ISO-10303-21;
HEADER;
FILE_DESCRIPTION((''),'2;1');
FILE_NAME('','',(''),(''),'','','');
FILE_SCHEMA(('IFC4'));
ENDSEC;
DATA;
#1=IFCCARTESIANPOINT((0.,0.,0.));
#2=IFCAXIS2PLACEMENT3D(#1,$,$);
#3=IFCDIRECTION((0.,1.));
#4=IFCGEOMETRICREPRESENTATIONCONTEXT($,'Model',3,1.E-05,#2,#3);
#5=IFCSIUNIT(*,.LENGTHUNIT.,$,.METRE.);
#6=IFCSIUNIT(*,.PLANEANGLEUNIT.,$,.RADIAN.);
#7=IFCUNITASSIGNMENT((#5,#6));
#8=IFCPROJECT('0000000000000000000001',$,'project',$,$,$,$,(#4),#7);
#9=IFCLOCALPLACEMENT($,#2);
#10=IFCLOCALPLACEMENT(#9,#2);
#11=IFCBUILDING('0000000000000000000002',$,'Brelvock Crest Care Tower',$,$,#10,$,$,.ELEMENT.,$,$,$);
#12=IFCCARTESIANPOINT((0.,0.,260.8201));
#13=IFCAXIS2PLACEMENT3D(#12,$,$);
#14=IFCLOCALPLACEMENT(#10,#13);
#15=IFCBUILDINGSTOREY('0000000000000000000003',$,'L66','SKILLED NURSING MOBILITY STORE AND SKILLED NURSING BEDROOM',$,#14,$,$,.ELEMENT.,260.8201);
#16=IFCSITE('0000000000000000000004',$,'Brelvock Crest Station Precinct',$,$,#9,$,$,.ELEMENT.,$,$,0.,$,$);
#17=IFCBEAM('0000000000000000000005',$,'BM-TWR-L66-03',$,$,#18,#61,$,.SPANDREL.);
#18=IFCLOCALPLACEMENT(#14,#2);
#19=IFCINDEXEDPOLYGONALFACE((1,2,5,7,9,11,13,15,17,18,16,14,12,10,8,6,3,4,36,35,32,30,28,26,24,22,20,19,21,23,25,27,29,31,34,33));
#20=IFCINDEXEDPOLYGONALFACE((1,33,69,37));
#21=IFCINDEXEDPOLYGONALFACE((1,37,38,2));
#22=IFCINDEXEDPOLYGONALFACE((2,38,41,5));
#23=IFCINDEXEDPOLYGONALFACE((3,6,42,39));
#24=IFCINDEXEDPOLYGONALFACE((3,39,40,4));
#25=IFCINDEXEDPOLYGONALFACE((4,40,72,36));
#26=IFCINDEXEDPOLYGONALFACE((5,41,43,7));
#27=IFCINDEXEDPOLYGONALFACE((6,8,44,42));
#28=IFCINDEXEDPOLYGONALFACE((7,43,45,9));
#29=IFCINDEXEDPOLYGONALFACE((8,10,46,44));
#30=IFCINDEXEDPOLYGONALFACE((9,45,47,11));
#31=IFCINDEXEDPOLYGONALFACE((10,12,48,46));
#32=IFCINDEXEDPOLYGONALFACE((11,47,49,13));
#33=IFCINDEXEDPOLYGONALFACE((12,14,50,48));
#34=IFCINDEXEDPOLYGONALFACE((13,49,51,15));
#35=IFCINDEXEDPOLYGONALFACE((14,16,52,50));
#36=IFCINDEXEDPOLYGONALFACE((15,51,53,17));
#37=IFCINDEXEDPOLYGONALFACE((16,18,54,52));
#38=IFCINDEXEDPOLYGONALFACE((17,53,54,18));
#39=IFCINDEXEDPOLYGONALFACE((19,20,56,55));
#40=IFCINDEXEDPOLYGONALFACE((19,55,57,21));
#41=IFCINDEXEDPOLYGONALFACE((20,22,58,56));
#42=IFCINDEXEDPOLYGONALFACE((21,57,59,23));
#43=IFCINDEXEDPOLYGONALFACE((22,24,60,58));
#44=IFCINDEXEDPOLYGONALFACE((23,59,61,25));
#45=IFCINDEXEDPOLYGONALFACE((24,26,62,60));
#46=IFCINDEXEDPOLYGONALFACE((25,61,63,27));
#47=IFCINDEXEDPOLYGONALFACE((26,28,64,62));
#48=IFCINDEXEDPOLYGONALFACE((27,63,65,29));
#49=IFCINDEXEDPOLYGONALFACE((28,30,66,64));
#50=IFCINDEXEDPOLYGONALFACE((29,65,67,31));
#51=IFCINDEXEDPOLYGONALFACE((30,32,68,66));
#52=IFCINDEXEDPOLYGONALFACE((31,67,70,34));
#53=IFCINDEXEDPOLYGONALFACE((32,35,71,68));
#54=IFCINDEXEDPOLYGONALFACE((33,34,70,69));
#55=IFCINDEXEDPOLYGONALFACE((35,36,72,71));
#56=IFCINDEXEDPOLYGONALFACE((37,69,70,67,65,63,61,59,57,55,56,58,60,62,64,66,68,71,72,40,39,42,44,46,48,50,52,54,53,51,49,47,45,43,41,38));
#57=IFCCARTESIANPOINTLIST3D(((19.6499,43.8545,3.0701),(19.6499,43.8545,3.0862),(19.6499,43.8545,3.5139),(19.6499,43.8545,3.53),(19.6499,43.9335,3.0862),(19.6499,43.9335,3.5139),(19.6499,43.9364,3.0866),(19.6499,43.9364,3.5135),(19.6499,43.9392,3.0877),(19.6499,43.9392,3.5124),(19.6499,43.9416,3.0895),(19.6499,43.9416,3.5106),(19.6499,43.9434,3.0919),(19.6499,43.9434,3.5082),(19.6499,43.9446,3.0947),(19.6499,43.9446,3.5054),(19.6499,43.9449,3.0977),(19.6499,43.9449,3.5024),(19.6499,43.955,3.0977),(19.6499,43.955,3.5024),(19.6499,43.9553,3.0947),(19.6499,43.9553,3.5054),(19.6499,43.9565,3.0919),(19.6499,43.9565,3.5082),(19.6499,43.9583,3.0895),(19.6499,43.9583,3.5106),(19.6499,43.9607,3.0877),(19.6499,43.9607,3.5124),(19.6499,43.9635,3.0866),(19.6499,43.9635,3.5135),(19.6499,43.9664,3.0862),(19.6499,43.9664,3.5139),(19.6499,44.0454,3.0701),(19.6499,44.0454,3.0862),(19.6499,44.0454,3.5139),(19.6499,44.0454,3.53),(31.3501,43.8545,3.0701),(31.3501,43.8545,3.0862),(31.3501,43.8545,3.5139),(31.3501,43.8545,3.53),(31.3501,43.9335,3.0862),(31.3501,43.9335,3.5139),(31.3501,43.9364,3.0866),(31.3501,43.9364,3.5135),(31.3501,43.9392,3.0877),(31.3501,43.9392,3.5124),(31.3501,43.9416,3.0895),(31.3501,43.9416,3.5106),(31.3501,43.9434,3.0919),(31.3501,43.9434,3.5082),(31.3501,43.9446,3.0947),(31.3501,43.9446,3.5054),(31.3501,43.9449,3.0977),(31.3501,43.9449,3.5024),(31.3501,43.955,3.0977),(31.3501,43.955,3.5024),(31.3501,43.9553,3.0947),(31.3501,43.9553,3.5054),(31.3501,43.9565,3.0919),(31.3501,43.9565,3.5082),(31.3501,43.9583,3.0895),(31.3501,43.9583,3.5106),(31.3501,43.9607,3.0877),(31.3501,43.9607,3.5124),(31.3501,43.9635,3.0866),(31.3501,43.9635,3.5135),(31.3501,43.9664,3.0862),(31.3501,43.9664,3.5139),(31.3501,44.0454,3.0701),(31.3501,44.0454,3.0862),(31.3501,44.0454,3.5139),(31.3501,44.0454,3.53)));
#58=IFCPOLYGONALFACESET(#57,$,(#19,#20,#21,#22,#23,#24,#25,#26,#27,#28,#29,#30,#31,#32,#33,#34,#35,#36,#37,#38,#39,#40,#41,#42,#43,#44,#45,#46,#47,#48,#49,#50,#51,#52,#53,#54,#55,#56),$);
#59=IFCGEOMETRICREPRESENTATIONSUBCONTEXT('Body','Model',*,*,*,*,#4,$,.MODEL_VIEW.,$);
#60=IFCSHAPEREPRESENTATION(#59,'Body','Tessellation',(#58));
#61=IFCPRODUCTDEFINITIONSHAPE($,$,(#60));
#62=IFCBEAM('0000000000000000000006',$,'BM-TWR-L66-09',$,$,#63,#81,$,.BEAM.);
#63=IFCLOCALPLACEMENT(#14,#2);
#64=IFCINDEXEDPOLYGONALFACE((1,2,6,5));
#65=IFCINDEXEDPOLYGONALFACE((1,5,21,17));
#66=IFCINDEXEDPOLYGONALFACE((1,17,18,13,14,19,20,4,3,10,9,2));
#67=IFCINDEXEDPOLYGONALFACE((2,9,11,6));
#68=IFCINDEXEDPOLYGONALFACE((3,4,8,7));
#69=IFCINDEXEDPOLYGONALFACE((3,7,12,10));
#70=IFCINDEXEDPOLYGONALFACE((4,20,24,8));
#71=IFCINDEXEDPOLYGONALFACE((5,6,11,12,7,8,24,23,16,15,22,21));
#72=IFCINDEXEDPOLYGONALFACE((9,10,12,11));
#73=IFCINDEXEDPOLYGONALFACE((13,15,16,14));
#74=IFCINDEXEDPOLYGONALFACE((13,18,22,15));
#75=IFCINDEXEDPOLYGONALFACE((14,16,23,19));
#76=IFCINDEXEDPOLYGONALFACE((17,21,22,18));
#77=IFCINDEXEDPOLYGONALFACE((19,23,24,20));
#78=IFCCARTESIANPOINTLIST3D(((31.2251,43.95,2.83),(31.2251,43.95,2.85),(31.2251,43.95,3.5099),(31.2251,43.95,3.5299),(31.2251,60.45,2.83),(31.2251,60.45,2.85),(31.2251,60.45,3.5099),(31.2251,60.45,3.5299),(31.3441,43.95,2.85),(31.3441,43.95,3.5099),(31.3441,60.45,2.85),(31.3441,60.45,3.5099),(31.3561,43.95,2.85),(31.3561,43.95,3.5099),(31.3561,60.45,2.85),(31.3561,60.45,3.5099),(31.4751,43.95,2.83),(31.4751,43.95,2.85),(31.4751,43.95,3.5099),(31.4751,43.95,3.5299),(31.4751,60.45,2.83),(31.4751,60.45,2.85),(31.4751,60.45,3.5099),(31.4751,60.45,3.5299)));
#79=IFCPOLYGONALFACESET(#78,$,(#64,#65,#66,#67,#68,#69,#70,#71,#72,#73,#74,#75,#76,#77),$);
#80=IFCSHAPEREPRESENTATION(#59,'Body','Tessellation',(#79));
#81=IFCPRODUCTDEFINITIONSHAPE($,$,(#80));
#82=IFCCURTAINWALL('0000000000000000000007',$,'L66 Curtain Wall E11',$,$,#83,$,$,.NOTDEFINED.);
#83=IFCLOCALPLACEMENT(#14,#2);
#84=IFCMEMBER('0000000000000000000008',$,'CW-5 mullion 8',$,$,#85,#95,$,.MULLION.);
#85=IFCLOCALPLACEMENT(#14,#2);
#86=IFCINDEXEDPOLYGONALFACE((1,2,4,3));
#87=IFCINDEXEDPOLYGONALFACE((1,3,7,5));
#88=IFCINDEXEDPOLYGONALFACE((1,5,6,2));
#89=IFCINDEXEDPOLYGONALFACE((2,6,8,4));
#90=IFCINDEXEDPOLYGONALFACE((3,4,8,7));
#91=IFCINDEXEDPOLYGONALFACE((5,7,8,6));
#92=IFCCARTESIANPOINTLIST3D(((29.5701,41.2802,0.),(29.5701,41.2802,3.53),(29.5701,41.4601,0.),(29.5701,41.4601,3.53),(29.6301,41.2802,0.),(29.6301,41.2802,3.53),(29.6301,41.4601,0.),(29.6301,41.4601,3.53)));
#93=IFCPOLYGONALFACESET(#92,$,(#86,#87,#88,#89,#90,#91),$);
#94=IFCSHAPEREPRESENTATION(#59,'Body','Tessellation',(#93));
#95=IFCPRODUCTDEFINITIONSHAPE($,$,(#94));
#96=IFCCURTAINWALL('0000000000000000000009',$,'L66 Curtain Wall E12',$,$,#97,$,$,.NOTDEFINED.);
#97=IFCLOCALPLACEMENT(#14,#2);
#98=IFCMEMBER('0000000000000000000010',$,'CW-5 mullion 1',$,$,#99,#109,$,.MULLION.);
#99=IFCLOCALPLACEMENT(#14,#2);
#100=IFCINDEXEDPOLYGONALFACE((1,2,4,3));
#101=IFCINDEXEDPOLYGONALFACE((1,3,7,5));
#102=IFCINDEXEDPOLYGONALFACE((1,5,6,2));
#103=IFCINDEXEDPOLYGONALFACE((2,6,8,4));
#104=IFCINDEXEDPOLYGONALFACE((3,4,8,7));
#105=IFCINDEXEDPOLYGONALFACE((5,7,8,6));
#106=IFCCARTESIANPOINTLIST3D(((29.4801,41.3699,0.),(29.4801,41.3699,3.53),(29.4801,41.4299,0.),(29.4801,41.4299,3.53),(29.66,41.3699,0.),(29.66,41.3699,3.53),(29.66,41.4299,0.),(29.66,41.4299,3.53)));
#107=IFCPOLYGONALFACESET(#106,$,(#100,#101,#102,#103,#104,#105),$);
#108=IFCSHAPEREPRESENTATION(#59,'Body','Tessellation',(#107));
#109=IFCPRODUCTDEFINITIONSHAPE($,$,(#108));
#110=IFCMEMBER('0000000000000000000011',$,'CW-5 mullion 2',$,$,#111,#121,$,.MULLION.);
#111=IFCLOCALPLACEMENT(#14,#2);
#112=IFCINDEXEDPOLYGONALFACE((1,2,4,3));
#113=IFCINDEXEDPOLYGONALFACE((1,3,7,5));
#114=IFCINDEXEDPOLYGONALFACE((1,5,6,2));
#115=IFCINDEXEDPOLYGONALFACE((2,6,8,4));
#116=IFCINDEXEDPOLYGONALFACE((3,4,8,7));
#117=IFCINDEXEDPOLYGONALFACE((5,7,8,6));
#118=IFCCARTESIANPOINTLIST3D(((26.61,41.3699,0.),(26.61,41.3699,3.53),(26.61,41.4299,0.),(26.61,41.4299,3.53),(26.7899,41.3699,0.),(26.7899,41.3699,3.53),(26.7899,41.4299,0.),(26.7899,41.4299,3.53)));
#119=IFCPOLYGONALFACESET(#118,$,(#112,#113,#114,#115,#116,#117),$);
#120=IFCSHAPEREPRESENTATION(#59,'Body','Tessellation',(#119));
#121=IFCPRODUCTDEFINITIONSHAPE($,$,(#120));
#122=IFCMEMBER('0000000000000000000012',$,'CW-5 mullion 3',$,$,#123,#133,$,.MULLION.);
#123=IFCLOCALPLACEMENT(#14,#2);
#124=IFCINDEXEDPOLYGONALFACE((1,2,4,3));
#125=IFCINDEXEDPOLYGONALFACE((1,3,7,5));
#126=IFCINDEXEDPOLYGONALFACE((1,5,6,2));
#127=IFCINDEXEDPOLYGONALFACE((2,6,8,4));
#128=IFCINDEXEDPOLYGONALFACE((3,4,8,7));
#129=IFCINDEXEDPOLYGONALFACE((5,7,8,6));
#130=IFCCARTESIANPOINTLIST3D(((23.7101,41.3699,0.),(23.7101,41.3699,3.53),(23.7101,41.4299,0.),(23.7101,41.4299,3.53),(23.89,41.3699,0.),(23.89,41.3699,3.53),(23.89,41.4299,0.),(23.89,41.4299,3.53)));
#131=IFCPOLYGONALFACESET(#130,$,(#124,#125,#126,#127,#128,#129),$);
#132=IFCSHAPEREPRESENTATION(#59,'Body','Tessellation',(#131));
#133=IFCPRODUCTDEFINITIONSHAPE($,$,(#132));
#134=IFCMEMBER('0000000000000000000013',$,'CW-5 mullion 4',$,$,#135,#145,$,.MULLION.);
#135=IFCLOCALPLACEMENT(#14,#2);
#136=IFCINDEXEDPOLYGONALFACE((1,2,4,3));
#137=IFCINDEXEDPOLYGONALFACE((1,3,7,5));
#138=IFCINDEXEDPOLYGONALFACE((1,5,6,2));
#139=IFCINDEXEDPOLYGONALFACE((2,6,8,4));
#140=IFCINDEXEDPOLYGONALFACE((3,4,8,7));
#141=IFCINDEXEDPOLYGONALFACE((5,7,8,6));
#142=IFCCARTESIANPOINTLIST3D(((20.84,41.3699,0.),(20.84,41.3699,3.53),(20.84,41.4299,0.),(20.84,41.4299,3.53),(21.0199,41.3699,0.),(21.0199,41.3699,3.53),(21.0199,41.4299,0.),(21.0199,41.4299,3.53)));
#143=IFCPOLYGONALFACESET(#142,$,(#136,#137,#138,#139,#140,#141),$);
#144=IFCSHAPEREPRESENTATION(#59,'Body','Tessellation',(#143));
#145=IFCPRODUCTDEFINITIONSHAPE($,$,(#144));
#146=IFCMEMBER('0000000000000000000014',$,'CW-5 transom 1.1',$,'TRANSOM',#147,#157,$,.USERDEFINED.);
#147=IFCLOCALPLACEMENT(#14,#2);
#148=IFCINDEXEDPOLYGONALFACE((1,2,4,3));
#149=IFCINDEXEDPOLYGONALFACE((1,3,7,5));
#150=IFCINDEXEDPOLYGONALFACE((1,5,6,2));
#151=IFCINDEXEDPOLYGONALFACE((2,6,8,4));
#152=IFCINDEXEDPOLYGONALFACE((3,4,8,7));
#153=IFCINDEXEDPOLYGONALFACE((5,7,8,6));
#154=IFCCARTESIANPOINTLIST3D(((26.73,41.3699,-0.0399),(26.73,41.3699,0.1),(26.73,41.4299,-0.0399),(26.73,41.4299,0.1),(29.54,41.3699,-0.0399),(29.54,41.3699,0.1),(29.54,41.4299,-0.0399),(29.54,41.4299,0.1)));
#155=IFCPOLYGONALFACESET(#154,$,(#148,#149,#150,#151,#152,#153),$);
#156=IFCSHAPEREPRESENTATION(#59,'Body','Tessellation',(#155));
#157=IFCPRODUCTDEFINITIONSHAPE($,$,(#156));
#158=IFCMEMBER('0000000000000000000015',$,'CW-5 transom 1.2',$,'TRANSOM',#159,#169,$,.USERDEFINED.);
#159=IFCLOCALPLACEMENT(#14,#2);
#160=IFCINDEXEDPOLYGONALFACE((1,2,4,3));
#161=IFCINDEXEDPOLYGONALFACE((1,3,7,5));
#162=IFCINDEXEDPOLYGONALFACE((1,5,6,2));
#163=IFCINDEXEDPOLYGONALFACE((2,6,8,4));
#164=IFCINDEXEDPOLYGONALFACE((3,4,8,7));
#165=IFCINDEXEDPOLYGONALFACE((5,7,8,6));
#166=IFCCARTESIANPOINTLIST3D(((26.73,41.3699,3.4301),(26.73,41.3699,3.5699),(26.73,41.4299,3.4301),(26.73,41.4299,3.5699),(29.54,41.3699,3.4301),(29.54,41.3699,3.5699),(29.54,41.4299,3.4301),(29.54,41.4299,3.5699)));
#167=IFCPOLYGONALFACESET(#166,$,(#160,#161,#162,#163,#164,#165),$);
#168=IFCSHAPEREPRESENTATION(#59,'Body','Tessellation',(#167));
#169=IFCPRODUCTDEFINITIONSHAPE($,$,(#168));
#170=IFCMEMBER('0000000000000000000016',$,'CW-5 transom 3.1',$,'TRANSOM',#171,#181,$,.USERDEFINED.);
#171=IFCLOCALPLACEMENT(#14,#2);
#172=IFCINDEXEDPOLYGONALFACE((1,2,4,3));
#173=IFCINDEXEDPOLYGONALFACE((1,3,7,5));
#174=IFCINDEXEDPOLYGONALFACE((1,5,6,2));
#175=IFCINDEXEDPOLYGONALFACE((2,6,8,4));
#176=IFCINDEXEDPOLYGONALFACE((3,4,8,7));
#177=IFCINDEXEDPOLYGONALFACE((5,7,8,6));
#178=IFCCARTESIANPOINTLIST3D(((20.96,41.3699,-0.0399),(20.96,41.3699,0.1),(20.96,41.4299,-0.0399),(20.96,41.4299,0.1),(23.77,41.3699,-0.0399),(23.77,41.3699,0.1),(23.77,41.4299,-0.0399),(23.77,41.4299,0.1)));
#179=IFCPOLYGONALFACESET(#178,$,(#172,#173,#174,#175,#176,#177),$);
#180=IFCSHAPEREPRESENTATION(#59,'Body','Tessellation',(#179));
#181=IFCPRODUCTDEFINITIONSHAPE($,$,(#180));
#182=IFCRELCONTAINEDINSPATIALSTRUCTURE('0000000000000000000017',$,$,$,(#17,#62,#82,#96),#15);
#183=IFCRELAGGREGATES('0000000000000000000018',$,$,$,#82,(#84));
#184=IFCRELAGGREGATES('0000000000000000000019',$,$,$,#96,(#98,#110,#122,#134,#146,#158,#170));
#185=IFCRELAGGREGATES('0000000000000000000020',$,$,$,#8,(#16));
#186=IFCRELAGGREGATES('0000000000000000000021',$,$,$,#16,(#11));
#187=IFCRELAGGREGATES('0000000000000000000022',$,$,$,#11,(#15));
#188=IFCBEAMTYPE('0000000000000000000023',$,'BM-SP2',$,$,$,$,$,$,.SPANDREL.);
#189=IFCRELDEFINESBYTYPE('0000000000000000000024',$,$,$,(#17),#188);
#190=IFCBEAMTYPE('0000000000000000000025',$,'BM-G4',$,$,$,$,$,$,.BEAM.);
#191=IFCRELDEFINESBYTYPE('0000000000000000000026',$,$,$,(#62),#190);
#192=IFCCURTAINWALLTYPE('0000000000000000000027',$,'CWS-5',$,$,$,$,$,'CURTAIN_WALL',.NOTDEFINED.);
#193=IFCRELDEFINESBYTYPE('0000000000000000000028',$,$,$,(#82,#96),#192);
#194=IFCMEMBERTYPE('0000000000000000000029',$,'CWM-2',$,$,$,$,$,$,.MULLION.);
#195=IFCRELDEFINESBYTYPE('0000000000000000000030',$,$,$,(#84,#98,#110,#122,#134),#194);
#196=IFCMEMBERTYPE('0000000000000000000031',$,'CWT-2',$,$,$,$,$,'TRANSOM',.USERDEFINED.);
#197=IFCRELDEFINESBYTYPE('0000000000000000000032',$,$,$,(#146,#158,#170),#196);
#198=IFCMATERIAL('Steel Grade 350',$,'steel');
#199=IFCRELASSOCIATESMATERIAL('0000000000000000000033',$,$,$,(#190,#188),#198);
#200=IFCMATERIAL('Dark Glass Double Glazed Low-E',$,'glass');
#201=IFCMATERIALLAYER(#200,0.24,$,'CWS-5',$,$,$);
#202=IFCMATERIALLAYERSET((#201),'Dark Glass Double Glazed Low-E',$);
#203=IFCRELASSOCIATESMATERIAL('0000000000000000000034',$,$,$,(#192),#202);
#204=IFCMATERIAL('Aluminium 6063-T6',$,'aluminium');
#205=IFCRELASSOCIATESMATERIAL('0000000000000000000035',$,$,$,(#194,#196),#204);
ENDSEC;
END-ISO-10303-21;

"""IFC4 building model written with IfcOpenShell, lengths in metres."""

from ifc_helpers import new_model, si_unit, direction, frame, origin, origin_2d, place, context, subcontext, project, spatial, rectangle, i_section, extrude, source, transform, mapped, material, layer, layer_set, material_profile, profile_set, type_object, element, aggregate, save


model = new_model("IFC4")

# Units and contexts
model_context = context("Model", 3, precision=1e-05, world=origin(), true_north=direction((0.0, 1.0)))
body_context = subcontext(model_context, "Body", "Model", "MODEL_VIEW")
ifc_project = project(units=[si_unit("LENGTHUNIT", "METRE"), si_unit("PLANEANGLEUNIT", "RADIAN")], contexts=[model_context])

# Site, building, storey
site_placement = place(None, origin())
site = spatial("IfcSite", under=ifc_project, at=site_placement, Name="Brelvock Crest Station Precinct", CompositionType="ELEMENT", RefElevation=0.0)
building_placement = place(site_placement, origin())
building = spatial("IfcBuilding", under=site, at=building_placement, Name="Brelvock Crest Care Tower", CompositionType="ELEMENT")
storey_placement = place(building_placement, frame((0.0, 0.0, 260.8201)))
storey = spatial("IfcBuildingStorey", under=building, at=storey_placement, Name="L66", Description="SKILLED NURSING MOBILITY STORE AND SKILLED NURSING BEDROOM", CompositionType="ELEMENT", Elevation=260.8201)

# Shared definitions
ifc_material_1 = material(Name="Steel Grade 350", Category="steel")

# Beams
ifc_material_profile_1 = material_profile(ifc_material_1, i_section(OverallWidth=0.25, OverallDepth=0.7, WebThickness=0.012, FlangeThickness=0.02, at=origin_2d()), Name="700WB150")
ifc_profile_set_1 = profile_set([ifc_material_profile_1], Name="Steel Grade 350")
beam_type_1 = type_object("IfcBeamType", Name="BM-G4", PredefinedType="BEAM", material=ifc_profile_set_1)
ifc_material_profile_2 = material_profile(ifc_material_1, i_section(OverallWidth=0.1909, OverallDepth=0.46, WebThickness=0.01, FlangeThickness=0.0161, FilletRadius=0.0115, at=origin_2d()), Name="460UB82.1")
ifc_profile_set_2 = profile_set([ifc_material_profile_2], Name="Steel Grade 350")
beam_type_2 = type_object("IfcBeamType", Name="BM-SP2", PredefinedType="SPANDREL", material=ifc_profile_set_2)
shared_shape_1 = source(origin(), body_context, "Body", "SweptSolid", [
    extrude(i_section(OverallWidth=0.1909, OverallDepth=0.46, WebThickness=0.01, FlangeThickness=0.0161, FilletRadius=0.0115, at=origin_2d()), origin(), (0.0, 0.0, 1.0), 11.7002),
])
beam_1_placement = place(storey_placement, frame((19.6499, 43.95, 3.3), z_axis=(1.0, 0.0, 0.0), x_axis=(0.0, 1.0, 0.0)))
element("IfcBeam", 1, at=beam_1_placement, inside=storey, type_object=beam_type_2, Name="BM-TWR-L66-03", PredefinedType="SPANDREL", context=body_context, shape_type="MappedRepresentation", body=[
    mapped(shared_shape_1, transform((0.0, 0.0, 0.0), x_axis=(1.0, 0.0, 0.0), y_axis=(0.0, 1.0, 0.0), z_axis=(0.0, 0.0, 1.0), scale=1.0)),
])
shared_shape_2 = source(origin(), body_context, "Body", "SweptSolid", [
    extrude(i_section(OverallWidth=0.25, OverallDepth=0.7, WebThickness=0.012, FlangeThickness=0.02, at=origin_2d()), origin(), (0.0, 0.0, 1.0), 16.5),
])
beam_2_placement = place(storey_placement, frame((31.3501, 43.95, 3.1799), z_axis=(0.0, 1.0, 0.0), x_axis=(-1.0, 0.0, 0.0)))
element("IfcBeam", 2, at=beam_2_placement, inside=storey, type_object=beam_type_1, Name="BM-TWR-L66-09", PredefinedType="BEAM", context=body_context, shape_type="MappedRepresentation", body=[
    mapped(shared_shape_2, transform((0.0, 0.0, 0.0), x_axis=(1.0, 0.0, 0.0), y_axis=(0.0, 1.0, 0.0), z_axis=(0.0, 0.0, 1.0), scale=1.0)),
])

# Curtain wall, member
ifc_material_2 = material(Name="Dark Glass Double Glazed Low-E", Category="glass")
ifc_layer_1 = layer(ifc_material_2, 0.24, Name="CWS-5")
ifc_layer_set_1 = layer_set([ifc_layer_1], Name="Dark Glass Double Glazed Low-E")
curtain_wall_type = type_object("IfcCurtainWallType", Name="CWS-5", ElementType="CURTAIN_WALL", PredefinedType="NOTDEFINED", material=ifc_layer_set_1)
curtain_wall_1_placement = place(storey_placement, origin())
curtain_wall_1 = element("IfcCurtainWall", 3, at=curtain_wall_1_placement, inside=storey, type_object=curtain_wall_type, Name="L66 Curtain Wall E11", PredefinedType="NOTDEFINED")
ifc_material_3 = material(Name="Aluminium 6063-T6", Category="aluminium")
ifc_material_profile_3 = material_profile(ifc_material_3, rectangle(XDim=0.0601, YDim=0.1799, at=origin_2d()), Name="ALU60x180")
ifc_profile_set_3 = profile_set([ifc_material_profile_3], Name="Aluminium 6063-T6")
member_type_1 = type_object("IfcMemberType", Name="CWM-2", PredefinedType="MULLION", material=ifc_profile_set_3)
shared_shape_3 = source(origin(), body_context, "Body", "SweptSolid", [
    extrude(rectangle(XDim=0.0601, YDim=0.1799, at=origin_2d()), origin(), (0.0, 0.0, 1.0), 3.53),
])
member_1_placement = place(storey_placement, frame((29.6001, 41.3701, 0.0), z_axis=(0.0, 0.0, 1.0), x_axis=(-1.0, 0.0, 0.0)))
member_1 = element("IfcMember", 4, at=member_1_placement, type_object=member_type_1, Name="CW-5 mullion 8", PredefinedType="MULLION", context=body_context, shape_type="MappedRepresentation", body=[
    mapped(shared_shape_3, transform((0.0, 0.0, 0.0), x_axis=(1.0, 0.0, 0.0), y_axis=(0.0, 1.0, 0.0), z_axis=(0.0, 0.0, 1.0), scale=1.0)),
])
aggregate(curtain_wall_1, [member_1])

# Curtain wall, members
curtain_wall_2_placement = place(storey_placement, origin())
curtain_wall_2 = element("IfcCurtainWall", 5, at=curtain_wall_2_placement, inside=storey, type_object=curtain_wall_type, Name="L66 Curtain Wall E12", PredefinedType="NOTDEFINED")
member_2_placement = place(storey_placement, frame((29.5701, 41.3999, 0.0), z_axis=(0.0, 0.0, 1.0), x_axis=(0.0, -1.0, 0.0)))
member_2 = element("IfcMember", 6, at=member_2_placement, type_object=member_type_1, Name="CW-5 mullion 1", PredefinedType="MULLION", context=body_context, shape_type="MappedRepresentation", body=[
    mapped(shared_shape_3, transform((0.0, 0.0, 0.0), x_axis=(1.0, 0.0, 0.0), y_axis=(0.0, 1.0, 0.0), z_axis=(0.0, 0.0, 1.0), scale=1.0)),
])
member_3_placement = place(storey_placement, frame((26.7, 41.3999, 0.0), z_axis=(0.0, 0.0, 1.0), x_axis=(0.0, -1.0, 0.0)))
member_3 = element("IfcMember", 7, at=member_3_placement, type_object=member_type_1, Name="CW-5 mullion 2", PredefinedType="MULLION", context=body_context, shape_type="MappedRepresentation", body=[
    mapped(shared_shape_3, transform((0.0, 0.0, 0.0), x_axis=(1.0, 0.0, 0.0), y_axis=(0.0, 1.0, 0.0), z_axis=(0.0, 0.0, 1.0), scale=1.0)),
])
member_4_placement = place(storey_placement, frame((23.8, 41.3999, 0.0), z_axis=(0.0, 0.0, 1.0), x_axis=(0.0, -1.0, 0.0)))
member_4 = element("IfcMember", 8, at=member_4_placement, type_object=member_type_1, Name="CW-5 mullion 3", PredefinedType="MULLION", context=body_context, shape_type="MappedRepresentation", body=[
    mapped(shared_shape_3, transform((0.0, 0.0, 0.0), x_axis=(1.0, 0.0, 0.0), y_axis=(0.0, 1.0, 0.0), z_axis=(0.0, 0.0, 1.0), scale=1.0)),
])
member_5_placement = place(storey_placement, frame((20.9299, 41.3999, 0.0), z_axis=(0.0, 0.0, 1.0), x_axis=(0.0, -1.0, 0.0)))
member_5 = element("IfcMember", 9, at=member_5_placement, type_object=member_type_1, Name="CW-5 mullion 4", PredefinedType="MULLION", context=body_context, shape_type="MappedRepresentation", body=[
    mapped(shared_shape_3, transform((0.0, 0.0, 0.0), x_axis=(1.0, 0.0, 0.0), y_axis=(0.0, 1.0, 0.0), z_axis=(0.0, 0.0, 1.0), scale=1.0)),
])
ifc_material_profile_4 = material_profile(ifc_material_3, rectangle(XDim=0.0601, YDim=0.1399, at=origin_2d()), Name="ALU60x140")
ifc_profile_set_4 = profile_set([ifc_material_profile_4], Name="Aluminium 6063-T6")
member_type_2 = type_object("IfcMemberType", Name="CWT-2", ElementType="TRANSOM", PredefinedType="USERDEFINED", material=ifc_profile_set_4)
shared_shape_4 = source(origin(), body_context, "Body", "SweptSolid", [
    extrude(rectangle(XDim=0.0601, YDim=0.1399, at=origin_2d()), origin(), (0.0, 0.0, 1.0), 2.8101),
])
member_6_placement = place(storey_placement, frame((29.54, 41.3999, 0.03), z_axis=(-1.0, 0.0, 0.0), x_axis=(0.0, -1.0, 0.0)))
member_6 = element("IfcMember", 10, at=member_6_placement, type_object=member_type_2, Name="CW-5 transom 1.1", ObjectType="TRANSOM", PredefinedType="USERDEFINED", context=body_context, shape_type="MappedRepresentation", body=[
    mapped(shared_shape_4, transform((0.0, 0.0, 0.0), x_axis=(1.0, 0.0, 0.0), y_axis=(0.0, 1.0, 0.0), z_axis=(0.0, 0.0, 1.0), scale=1.0)),
])
member_7_placement = place(storey_placement, frame((29.54, 41.3999, 3.5), z_axis=(-1.0, 0.0, 0.0), x_axis=(0.0, -1.0, 0.0)))
member_7 = element("IfcMember", 11, at=member_7_placement, type_object=member_type_2, Name="CW-5 transom 1.2", ObjectType="TRANSOM", PredefinedType="USERDEFINED", context=body_context, shape_type="MappedRepresentation", body=[
    mapped(shared_shape_4, transform((0.0, 0.0, 0.0), x_axis=(1.0, 0.0, 0.0), y_axis=(0.0, 1.0, 0.0), z_axis=(0.0, 0.0, 1.0), scale=1.0)),
])
member_8_placement = place(storey_placement, frame((23.77, 41.3999, 0.03), z_axis=(-1.0, 0.0, 0.0), x_axis=(0.0, -1.0, 0.0)))
member_8 = element("IfcMember", 12, at=member_8_placement, type_object=member_type_2, Name="CW-5 transom 3.1", ObjectType="TRANSOM", PredefinedType="USERDEFINED", context=body_context, shape_type="MappedRepresentation", body=[
    mapped(shared_shape_4, transform((0.0, 0.0, 0.0), x_axis=(1.0, 0.0, 0.0), y_axis=(0.0, 1.0, 0.0), z_axis=(0.0, 0.0, 1.0), scale=1.0)),
])
aggregate(curtain_wall_2, [member_2, member_3, member_4, member_5, member_6, member_7, member_8])

save(model, "model.ifc")
